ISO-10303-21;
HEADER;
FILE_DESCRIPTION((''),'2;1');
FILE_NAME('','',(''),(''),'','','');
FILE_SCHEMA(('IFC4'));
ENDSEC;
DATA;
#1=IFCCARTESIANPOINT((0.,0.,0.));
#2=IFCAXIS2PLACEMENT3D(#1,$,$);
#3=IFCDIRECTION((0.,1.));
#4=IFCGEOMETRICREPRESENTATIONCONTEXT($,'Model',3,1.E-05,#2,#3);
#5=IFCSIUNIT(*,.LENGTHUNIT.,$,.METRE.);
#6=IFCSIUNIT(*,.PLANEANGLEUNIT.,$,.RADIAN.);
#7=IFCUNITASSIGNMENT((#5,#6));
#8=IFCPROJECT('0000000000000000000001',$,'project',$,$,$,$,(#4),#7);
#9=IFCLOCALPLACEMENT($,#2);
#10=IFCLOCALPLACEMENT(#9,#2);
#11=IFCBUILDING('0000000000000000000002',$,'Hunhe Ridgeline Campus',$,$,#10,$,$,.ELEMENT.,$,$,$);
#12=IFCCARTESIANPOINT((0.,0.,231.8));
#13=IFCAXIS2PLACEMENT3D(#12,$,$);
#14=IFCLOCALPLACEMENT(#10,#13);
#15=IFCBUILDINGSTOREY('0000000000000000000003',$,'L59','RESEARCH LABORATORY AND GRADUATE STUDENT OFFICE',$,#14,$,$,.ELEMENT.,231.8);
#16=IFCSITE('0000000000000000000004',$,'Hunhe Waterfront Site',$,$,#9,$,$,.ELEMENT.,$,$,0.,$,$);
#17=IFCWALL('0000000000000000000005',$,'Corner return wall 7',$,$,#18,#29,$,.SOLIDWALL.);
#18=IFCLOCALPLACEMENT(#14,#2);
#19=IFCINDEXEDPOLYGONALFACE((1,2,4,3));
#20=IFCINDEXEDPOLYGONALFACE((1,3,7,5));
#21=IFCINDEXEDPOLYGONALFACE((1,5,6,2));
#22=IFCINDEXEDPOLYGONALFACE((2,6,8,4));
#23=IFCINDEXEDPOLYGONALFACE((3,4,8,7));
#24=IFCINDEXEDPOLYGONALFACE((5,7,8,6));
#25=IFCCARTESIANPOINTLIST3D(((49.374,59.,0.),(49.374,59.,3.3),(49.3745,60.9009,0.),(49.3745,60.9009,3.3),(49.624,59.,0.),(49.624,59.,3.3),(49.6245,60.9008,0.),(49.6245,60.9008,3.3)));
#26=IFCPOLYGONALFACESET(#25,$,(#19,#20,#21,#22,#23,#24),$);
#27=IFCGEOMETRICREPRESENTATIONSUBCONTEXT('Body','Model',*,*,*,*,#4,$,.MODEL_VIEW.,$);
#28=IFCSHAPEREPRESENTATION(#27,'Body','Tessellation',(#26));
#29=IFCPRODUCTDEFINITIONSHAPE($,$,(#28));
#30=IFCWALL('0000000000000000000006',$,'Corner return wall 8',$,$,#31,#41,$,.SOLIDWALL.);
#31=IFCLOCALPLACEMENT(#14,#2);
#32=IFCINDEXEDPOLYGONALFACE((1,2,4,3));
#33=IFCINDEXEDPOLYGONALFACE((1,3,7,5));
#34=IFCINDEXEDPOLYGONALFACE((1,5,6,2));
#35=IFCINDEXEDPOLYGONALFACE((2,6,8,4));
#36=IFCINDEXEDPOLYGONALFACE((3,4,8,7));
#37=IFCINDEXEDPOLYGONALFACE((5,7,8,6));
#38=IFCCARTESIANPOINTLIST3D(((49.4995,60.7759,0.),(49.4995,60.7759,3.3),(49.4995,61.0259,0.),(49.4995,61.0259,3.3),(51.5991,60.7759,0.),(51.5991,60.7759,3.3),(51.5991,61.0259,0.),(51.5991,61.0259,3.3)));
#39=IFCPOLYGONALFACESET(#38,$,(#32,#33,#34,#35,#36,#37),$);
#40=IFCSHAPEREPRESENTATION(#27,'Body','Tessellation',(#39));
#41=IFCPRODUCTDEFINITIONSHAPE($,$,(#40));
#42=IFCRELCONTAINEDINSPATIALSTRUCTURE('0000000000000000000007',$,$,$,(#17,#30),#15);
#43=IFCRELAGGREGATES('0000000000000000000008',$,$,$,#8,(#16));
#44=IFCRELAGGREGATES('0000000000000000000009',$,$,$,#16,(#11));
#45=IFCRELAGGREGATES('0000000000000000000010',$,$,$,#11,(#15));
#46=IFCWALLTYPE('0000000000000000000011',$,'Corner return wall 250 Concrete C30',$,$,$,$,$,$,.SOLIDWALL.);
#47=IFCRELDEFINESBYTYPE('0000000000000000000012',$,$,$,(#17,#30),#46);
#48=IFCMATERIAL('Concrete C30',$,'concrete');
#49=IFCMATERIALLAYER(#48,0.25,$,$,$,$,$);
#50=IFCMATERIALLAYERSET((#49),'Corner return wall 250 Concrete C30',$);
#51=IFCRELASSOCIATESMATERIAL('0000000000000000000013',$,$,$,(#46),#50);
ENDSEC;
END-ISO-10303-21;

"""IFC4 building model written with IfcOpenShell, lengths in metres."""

from ifc_helpers import new_model, si_unit, direction, frame, frame_2d, origin, place, context, subcontext, project, spatial, rectangle, extrude, material, layer, layer_set, type_object, element, save


model = new_model("IFC4")

# Units and contexts
model_context = context("Model", 3, precision=1e-05, world=origin(), true_north=direction((0.0, 1.0)))
body_context = subcontext(model_context, "Body", "Model", "MODEL_VIEW")
ifc_project = project(units=[si_unit("LENGTHUNIT", "METRE"), si_unit("PLANEANGLEUNIT", "RADIAN")], contexts=[model_context])

# Site, building, storey
site_placement = place(None, origin())
site = spatial("IfcSite", under=ifc_project, at=site_placement, Name="Hunhe Waterfront Site", CompositionType="ELEMENT", RefElevation=0.0)
building_placement = place(site_placement, origin())
building = spatial("IfcBuilding", under=site, at=building_placement, Name="Hunhe Ridgeline Campus", CompositionType="ELEMENT")
storey_placement = place(building_placement, frame((0.0, 0.0, 231.8)))
storey = spatial("IfcBuildingStorey", under=building, at=storey_placement, Name="L59", Description="RESEARCH LABORATORY AND GRADUATE STUDENT OFFICE", CompositionType="ELEMENT", Elevation=231.8)

# Walls
ifc_material_1 = material(Name="Concrete C30", Category="concrete")
ifc_layer_1 = layer(ifc_material_1, 0.25)
ifc_layer_set_1 = layer_set([ifc_layer_1], Name="Corner return wall 250 Concrete C30")
wall_type = type_object("IfcWallType", Name="Corner return wall 250 Concrete C30", PredefinedType="SOLIDWALL", material=ifc_layer_set_1)
wall_1_placement = place(storey_placement, frame((49.499, 59.0, 0.0), z_axis=(0.0, 0.0, 1.0), x_axis=(0.000257, 1.0, 0.0)))
element("IfcWall", 1, at=wall_1_placement, inside=storey, type_object=wall_type, Name="Corner return wall 7", PredefinedType="SOLIDWALL", context=body_context, shape_type="SweptSolid", body=[
    extrude(rectangle(XDim=1.9009, YDim=0.25, at=frame_2d((0.9504, 0.0))), origin(), (0.0, 0.0, 1.0), 3.3),
])
wall_2_placement = place(storey_placement, frame((49.4995, 60.9009, 0.0), z_axis=(0.0, 0.0, 1.0), x_axis=(1.0, 0.0, 0.0)))
element("IfcWall", 2, at=wall_2_placement, inside=storey, type_object=wall_type, Name="Corner return wall 8", PredefinedType="SOLIDWALL", context=body_context, shape_type="SweptSolid", body=[
    extrude(rectangle(XDim=2.0996, YDim=0.25, at=frame_2d((1.0498, 0.0))), origin(), (0.0, 0.0, 1.0), 3.3),
])

save(model, "model.ifc")
